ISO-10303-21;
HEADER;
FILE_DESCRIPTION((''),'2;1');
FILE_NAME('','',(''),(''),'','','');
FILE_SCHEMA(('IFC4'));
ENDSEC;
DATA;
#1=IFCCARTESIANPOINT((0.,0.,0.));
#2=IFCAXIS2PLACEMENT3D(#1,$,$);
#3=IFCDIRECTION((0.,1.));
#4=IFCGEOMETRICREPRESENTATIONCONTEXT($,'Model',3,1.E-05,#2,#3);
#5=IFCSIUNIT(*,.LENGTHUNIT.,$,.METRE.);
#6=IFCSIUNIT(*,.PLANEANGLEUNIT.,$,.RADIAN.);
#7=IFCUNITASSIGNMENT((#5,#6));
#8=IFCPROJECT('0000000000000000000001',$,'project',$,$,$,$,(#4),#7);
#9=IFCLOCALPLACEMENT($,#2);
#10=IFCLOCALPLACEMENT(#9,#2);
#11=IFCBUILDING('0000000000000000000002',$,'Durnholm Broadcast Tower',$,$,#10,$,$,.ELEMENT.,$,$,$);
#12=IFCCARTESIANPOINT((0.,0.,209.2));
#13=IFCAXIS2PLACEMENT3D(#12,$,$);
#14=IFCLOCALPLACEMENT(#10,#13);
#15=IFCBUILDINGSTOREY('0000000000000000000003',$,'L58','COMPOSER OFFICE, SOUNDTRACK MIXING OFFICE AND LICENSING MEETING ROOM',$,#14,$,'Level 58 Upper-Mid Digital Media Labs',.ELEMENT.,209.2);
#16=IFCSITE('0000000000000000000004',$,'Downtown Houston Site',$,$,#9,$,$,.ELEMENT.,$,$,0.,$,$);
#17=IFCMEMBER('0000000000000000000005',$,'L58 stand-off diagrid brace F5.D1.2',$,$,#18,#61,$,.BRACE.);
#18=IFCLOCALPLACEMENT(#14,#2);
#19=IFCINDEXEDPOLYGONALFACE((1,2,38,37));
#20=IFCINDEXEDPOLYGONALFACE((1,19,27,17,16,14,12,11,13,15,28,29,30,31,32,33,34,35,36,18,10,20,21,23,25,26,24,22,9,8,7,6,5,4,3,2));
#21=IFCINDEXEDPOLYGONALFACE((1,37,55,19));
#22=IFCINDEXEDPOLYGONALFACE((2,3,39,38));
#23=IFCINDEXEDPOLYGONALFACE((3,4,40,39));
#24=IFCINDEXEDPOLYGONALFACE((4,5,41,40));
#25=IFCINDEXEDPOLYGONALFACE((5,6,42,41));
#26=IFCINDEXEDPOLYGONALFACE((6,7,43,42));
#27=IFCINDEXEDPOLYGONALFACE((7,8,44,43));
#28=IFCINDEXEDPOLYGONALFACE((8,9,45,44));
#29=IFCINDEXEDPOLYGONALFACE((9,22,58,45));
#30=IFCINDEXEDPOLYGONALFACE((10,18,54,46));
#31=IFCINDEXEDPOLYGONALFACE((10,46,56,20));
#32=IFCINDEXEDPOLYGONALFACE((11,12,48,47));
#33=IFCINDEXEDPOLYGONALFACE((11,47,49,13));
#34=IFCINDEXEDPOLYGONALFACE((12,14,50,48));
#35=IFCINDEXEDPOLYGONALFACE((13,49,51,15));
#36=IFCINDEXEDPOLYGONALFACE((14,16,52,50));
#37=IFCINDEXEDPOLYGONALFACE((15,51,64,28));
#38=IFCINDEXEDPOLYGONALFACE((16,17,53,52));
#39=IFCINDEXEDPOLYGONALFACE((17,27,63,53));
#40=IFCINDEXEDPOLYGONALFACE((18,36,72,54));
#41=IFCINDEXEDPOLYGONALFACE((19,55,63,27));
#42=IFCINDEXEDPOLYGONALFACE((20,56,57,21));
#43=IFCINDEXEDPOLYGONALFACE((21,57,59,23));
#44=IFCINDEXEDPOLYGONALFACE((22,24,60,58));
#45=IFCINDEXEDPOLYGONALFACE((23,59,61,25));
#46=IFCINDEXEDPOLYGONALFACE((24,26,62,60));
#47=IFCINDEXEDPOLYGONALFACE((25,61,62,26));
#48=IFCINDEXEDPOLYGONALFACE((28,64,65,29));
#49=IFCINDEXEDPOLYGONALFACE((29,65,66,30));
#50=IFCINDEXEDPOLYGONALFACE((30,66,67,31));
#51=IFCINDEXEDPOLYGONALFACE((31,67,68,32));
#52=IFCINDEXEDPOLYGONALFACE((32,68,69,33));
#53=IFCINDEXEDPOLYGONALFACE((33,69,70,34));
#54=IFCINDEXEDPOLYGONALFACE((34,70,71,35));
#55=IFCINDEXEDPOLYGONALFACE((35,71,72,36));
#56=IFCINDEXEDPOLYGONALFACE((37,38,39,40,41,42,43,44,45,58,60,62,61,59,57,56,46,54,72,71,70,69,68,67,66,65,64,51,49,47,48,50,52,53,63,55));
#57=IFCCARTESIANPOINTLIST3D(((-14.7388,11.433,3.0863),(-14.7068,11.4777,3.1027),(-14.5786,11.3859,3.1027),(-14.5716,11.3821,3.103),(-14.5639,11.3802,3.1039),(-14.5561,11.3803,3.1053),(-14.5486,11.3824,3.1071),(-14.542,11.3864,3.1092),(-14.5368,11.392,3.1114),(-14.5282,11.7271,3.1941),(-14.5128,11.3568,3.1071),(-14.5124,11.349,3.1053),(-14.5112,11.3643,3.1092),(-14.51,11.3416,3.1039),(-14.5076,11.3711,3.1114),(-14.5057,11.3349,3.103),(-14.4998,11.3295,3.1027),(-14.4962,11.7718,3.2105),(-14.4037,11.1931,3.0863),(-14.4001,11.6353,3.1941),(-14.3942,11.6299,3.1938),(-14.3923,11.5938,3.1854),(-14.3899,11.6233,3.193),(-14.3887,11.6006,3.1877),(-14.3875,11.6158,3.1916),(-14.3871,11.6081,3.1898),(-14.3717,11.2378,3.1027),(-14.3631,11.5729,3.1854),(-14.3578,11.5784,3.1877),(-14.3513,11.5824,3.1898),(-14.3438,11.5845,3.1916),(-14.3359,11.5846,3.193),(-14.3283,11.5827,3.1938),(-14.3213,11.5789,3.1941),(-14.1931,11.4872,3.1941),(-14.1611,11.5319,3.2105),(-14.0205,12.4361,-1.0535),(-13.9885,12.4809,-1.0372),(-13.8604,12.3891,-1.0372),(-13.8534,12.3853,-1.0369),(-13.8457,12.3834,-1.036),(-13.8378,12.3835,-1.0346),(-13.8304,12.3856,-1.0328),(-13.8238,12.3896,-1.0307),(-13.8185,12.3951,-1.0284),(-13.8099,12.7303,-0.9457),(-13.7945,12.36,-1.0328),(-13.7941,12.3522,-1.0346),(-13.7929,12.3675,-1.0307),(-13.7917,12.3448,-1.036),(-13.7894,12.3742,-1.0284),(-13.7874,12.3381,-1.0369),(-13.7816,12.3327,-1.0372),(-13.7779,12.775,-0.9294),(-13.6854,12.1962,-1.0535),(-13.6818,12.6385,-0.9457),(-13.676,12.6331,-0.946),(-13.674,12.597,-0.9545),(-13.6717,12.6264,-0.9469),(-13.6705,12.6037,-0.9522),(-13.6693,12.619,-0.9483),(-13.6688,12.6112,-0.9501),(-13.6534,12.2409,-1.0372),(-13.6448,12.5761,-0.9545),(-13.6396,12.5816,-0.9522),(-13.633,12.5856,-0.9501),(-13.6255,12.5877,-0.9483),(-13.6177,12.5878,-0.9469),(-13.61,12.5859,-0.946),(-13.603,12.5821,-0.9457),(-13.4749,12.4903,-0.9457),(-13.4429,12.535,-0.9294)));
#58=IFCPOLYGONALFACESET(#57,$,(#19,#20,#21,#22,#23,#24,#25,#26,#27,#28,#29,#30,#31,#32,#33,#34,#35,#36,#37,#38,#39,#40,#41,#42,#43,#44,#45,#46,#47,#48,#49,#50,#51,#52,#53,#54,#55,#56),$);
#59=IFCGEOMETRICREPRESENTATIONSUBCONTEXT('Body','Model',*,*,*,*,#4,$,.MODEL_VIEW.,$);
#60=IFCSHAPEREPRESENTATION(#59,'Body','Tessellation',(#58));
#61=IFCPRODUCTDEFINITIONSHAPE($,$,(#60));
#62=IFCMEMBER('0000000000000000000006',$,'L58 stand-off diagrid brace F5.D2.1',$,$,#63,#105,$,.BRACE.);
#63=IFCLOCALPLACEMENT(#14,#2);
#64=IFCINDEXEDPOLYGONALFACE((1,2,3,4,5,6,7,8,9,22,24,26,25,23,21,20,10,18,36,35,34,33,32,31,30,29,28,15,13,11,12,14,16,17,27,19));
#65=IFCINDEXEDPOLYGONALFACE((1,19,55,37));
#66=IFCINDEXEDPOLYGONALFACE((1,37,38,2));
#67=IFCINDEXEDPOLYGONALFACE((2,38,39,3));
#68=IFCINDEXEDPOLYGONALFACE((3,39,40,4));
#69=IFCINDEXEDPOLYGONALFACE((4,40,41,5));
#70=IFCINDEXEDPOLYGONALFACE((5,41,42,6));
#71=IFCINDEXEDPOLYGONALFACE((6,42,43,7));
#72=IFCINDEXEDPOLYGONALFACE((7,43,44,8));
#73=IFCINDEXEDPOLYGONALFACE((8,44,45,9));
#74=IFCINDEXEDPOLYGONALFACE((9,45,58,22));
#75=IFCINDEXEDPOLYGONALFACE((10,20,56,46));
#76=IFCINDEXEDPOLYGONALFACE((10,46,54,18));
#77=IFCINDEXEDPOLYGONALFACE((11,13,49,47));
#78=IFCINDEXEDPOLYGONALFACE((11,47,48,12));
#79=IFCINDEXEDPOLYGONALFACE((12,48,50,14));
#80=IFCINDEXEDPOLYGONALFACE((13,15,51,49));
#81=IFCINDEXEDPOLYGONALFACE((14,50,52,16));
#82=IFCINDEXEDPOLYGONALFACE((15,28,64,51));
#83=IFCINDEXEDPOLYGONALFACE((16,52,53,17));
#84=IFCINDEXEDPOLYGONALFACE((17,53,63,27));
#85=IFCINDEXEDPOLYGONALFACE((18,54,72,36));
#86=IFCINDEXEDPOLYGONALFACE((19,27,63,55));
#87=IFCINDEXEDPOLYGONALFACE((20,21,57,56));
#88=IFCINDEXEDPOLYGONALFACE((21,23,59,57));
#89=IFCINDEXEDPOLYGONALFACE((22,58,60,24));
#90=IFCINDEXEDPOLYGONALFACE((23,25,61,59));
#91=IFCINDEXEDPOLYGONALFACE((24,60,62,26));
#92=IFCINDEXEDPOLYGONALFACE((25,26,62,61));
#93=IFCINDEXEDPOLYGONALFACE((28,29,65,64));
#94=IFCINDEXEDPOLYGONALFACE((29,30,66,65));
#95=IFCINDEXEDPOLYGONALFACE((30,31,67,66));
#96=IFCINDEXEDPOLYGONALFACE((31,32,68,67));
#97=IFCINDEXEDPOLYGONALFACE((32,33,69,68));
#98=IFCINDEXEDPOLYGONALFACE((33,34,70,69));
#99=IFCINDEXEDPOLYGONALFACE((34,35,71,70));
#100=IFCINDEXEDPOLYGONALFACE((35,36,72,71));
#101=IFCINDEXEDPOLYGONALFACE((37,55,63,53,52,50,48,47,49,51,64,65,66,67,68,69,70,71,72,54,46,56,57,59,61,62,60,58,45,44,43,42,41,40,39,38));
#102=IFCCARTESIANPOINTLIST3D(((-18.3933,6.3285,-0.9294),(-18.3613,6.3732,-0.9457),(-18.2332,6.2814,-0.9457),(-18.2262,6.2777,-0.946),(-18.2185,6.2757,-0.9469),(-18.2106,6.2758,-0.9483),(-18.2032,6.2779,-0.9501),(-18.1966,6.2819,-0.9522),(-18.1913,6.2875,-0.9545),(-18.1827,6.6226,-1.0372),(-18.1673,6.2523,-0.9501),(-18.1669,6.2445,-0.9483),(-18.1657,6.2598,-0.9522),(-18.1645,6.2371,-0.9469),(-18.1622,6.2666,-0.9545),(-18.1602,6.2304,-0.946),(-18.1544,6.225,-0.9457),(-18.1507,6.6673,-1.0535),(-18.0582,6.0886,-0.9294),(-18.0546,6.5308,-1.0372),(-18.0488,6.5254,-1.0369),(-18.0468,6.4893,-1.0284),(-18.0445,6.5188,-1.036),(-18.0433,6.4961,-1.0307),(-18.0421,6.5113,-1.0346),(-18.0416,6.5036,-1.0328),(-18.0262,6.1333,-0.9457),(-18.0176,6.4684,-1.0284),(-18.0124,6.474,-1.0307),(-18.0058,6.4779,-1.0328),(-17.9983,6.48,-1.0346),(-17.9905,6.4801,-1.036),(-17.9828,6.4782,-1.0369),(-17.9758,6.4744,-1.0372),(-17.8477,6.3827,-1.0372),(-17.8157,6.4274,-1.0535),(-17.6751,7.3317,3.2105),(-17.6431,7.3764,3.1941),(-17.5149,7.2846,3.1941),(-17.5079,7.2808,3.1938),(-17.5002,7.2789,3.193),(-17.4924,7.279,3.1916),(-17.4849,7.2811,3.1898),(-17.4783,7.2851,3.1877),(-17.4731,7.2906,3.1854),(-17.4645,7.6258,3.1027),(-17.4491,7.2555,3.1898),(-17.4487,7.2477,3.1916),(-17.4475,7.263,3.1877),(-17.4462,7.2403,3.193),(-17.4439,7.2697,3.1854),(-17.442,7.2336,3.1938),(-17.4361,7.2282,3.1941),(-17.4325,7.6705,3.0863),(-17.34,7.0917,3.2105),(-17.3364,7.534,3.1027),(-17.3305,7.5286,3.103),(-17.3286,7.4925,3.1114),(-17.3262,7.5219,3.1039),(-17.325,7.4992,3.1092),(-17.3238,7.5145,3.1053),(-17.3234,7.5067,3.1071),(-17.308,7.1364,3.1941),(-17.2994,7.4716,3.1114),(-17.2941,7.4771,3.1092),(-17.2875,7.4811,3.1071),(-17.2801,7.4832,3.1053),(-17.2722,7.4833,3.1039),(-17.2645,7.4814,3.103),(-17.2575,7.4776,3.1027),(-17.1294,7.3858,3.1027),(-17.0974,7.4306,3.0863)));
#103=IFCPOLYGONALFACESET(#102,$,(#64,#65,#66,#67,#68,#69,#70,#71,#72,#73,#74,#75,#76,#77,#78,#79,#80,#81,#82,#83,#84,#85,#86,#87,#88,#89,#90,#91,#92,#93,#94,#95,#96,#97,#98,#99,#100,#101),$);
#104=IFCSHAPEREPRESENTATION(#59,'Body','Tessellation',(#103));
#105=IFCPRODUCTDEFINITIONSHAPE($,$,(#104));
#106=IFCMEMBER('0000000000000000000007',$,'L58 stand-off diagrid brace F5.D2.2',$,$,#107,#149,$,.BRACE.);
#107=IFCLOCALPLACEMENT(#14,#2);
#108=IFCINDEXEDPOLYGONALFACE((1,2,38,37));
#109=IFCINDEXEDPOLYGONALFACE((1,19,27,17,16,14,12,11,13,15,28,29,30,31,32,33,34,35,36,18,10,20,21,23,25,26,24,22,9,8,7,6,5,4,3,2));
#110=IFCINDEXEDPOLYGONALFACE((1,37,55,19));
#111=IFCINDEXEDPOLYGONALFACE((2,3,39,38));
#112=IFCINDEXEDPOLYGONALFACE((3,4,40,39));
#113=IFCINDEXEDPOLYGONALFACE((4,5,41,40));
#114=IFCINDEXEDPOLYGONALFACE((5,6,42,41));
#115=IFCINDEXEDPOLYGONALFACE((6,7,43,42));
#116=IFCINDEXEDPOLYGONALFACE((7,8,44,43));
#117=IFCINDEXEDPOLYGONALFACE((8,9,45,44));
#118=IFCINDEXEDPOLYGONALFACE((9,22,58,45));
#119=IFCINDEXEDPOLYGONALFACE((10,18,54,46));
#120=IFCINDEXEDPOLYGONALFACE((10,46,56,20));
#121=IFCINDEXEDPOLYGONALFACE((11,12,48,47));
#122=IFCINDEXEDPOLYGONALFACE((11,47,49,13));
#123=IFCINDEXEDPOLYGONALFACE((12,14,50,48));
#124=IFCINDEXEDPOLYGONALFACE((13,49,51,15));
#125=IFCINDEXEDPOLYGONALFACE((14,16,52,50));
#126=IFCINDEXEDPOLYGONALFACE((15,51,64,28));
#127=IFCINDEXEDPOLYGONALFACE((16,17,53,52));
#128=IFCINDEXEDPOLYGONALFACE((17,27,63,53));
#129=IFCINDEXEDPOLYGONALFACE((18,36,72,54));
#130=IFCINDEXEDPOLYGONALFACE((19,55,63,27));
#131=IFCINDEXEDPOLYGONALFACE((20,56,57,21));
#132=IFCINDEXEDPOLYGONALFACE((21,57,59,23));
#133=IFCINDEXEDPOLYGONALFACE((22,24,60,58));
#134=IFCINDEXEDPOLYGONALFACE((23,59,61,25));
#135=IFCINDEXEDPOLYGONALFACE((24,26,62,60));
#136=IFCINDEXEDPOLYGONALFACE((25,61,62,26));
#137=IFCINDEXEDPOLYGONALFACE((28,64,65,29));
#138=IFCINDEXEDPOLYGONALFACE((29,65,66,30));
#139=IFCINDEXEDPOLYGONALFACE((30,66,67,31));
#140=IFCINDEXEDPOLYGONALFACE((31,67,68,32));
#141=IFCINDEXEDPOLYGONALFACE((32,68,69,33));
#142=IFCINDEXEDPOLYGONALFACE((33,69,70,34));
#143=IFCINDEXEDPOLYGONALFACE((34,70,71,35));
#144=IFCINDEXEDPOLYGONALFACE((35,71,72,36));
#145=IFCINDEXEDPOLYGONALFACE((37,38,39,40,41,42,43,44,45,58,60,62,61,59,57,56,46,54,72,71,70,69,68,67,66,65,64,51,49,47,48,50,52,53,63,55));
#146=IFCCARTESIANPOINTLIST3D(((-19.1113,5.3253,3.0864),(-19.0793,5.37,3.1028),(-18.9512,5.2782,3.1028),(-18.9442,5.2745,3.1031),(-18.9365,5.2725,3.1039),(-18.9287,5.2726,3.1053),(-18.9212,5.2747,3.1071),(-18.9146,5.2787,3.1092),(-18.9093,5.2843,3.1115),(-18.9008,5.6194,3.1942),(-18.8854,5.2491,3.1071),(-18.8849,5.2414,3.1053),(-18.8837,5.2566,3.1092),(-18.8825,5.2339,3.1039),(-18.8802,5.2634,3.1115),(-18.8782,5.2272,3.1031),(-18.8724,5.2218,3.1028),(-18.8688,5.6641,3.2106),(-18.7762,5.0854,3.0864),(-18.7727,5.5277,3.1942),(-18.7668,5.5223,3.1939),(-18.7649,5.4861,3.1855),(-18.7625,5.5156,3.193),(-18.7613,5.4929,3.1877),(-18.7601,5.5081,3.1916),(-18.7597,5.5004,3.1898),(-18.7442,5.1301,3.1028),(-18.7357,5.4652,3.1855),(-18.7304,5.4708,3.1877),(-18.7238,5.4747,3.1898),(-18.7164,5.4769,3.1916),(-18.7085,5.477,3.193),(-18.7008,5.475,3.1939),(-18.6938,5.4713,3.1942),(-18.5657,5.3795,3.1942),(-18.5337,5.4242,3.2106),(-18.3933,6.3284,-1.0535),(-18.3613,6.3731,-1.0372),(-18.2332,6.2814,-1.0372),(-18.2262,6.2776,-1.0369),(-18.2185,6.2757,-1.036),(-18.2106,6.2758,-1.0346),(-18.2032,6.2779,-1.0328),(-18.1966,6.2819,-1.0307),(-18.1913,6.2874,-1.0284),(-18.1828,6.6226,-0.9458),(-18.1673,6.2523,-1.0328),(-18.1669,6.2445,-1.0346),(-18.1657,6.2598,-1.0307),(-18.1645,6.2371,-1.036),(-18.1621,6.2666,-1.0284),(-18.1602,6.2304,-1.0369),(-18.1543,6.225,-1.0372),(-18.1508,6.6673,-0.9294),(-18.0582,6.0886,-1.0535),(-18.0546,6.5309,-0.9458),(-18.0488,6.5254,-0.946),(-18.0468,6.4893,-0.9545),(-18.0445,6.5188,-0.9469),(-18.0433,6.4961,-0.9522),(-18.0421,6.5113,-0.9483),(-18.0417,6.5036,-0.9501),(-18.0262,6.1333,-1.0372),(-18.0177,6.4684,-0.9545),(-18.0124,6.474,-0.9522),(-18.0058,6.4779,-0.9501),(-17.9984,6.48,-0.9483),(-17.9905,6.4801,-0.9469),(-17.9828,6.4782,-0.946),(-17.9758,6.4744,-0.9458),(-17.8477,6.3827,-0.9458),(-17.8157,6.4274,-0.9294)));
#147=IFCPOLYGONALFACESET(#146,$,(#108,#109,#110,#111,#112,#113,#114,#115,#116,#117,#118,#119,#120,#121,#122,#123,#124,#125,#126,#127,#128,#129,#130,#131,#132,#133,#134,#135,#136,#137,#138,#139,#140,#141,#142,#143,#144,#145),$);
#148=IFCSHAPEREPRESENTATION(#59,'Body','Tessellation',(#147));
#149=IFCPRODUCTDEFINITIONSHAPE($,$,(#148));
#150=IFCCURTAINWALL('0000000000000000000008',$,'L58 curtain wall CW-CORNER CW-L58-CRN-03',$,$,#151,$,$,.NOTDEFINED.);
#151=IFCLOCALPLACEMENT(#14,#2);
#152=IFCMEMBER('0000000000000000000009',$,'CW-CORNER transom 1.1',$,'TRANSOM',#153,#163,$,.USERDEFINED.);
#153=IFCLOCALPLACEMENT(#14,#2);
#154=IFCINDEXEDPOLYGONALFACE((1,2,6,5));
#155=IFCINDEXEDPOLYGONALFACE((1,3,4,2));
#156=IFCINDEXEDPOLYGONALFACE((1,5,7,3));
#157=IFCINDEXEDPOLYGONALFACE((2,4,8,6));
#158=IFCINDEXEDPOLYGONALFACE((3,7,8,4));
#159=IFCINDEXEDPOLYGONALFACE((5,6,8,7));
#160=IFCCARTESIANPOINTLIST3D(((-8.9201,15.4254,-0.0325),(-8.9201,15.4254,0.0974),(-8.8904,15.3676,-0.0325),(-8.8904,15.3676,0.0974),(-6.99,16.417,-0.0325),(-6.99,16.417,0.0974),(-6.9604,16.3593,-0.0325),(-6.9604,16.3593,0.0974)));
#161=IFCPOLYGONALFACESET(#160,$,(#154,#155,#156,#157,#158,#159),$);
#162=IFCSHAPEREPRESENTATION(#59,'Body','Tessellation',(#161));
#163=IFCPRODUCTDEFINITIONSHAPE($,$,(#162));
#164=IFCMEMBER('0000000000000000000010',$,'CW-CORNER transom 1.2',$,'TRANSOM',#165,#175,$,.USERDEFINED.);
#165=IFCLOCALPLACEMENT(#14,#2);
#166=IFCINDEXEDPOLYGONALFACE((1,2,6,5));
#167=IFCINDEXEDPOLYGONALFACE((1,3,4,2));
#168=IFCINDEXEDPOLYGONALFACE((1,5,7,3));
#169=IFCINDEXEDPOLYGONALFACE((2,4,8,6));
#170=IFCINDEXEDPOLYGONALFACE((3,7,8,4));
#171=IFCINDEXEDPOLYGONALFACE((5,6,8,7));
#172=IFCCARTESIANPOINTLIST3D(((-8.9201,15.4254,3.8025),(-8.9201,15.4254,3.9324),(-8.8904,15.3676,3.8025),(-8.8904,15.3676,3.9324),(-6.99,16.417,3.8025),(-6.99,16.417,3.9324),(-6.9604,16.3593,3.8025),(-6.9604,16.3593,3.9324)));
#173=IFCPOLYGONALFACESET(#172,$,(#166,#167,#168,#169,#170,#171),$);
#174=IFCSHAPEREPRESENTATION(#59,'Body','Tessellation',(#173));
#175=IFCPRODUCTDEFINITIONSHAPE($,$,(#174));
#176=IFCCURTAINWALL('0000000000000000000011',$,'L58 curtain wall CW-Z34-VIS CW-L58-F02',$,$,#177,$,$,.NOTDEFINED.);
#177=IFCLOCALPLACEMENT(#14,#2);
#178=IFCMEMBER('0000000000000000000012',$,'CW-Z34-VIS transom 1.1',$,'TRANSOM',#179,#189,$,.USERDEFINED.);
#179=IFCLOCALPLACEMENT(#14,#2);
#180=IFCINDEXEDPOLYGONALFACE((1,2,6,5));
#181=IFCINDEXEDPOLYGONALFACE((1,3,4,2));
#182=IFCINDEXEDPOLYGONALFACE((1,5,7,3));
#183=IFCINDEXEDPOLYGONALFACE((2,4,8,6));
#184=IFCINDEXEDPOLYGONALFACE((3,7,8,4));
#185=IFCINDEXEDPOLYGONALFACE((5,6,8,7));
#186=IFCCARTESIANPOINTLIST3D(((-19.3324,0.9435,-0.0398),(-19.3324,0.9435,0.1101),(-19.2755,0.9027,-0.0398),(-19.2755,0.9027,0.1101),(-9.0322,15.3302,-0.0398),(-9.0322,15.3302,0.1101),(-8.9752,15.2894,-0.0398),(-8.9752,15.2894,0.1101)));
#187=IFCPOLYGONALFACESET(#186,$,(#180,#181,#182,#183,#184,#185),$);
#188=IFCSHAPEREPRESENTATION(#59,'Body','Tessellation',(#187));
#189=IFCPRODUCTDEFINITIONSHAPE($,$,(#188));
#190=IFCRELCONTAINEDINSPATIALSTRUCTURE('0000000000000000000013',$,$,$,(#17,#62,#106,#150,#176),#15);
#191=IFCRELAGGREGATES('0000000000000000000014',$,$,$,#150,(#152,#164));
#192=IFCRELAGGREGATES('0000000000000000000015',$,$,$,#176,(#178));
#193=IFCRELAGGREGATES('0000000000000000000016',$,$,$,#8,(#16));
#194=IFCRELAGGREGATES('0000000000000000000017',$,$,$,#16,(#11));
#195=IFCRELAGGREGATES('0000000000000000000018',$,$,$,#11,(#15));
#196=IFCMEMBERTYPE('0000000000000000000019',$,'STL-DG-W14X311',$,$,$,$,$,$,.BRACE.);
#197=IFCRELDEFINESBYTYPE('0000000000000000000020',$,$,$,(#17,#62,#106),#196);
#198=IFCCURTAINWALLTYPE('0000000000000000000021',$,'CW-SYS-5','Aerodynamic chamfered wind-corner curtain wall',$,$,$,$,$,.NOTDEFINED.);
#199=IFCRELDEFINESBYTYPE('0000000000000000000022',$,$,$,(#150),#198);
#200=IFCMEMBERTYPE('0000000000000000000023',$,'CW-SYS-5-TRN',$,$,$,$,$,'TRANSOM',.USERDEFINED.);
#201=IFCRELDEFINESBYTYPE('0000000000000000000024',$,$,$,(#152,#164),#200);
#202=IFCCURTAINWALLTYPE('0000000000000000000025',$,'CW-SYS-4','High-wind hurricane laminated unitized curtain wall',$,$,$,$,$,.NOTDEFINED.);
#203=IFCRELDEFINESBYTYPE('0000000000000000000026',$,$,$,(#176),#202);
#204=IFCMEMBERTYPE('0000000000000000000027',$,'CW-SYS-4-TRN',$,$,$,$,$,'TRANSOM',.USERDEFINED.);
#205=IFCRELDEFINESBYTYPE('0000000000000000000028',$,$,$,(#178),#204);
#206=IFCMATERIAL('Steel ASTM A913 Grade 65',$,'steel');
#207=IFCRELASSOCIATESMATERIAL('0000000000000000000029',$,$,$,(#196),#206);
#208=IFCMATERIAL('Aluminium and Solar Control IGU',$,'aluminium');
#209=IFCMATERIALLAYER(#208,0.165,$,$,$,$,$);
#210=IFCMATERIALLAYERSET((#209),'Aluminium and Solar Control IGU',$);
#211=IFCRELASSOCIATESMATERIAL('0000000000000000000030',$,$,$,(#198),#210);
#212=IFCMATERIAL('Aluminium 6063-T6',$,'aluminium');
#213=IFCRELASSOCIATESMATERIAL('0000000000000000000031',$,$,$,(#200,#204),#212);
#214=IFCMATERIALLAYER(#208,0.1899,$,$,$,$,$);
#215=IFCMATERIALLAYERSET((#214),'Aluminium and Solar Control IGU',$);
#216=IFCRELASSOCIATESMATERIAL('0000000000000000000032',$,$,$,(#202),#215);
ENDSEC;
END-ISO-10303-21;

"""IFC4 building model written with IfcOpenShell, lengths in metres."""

from ifc_helpers import new_model, si_unit, direction, frame, origin, origin_2d, place, context, subcontext, project, spatial, rectangle, i_section, extrude, source, transform, mapped, material, layer, layer_set, material_profile, profile_set, type_object, type_shapes, element, aggregate, save


model = new_model("IFC4")

# Units and contexts
model_context = context("Model", 3, precision=1e-05, world=origin(), true_north=direction((0.0, 1.0)))
body_context = subcontext(model_context, "Body", "Model", "MODEL_VIEW")
ifc_project = project(units=[si_unit("LENGTHUNIT", "METRE"), si_unit("PLANEANGLEUNIT", "RADIAN")], contexts=[model_context])

# Site, building, storey
site_placement = place(None, origin())
site = spatial("IfcSite", under=ifc_project, at=site_placement, Name="Downtown Houston Site", CompositionType="ELEMENT", RefElevation=0.0)
building_placement = place(site_placement, origin())
building = spatial("IfcBuilding", under=site, at=building_placement, Name="Durnholm Broadcast Tower", CompositionType="ELEMENT")
storey_placement = place(building_placement, frame((0.0, 0.0, 209.2)))
storey = spatial("IfcBuildingStorey", under=building, at=storey_placement, Name="L58", Description="COMPOSER OFFICE, SOUNDTRACK MIXING OFFICE AND LICENSING MEETING ROOM", LongName="Level 58 Upper-Mid Digital Media Labs", CompositionType="ELEMENT", Elevation=209.2)

# Members
ifc_material_1 = material(Name="Steel ASTM A913 Grade 65", Category="steel")
ifc_material_profile_1 = material_profile(ifc_material_1, i_section(OverallWidth=0.4121, OverallDepth=0.4348, WebThickness=0.0359, FlangeThickness=0.0574, FilletRadius=0.0305, at=origin_2d()), Name="W14X311")
ifc_profile_set_1 = profile_set([ifc_material_profile_1], Name="Steel ASTM A913 Grade 65")
member_type_1 = type_object("IfcMemberType", Name="STL-DG-W14X311", PredefinedType="BRACE", material=ifc_profile_set_1)
shared_shape_1 = source(origin(), body_context, "Body", "SweptSolid", [
    extrude(i_section(OverallWidth=0.4121, OverallDepth=0.4348, WebThickness=0.0359, FlangeThickness=0.0574, FilletRadius=0.0305, at=origin_2d()), origin(), (0.0, 0.0, 1.0), 4.3198),
])
type_shapes(member_type_1, [shared_shape_1])
for number, where, z_axis, x_axis, name in (
    (1, (-13.7317, 12.4856, -0.9915), (-0.166271, -0.232225, 0.958345), (0.813078, -0.582155, 0.0), "L58 stand-off diagrid brace F5.D1.2"),
    (2, (-18.1045, 6.3779, -0.9915), (0.166271, 0.232225, 0.958345), (-0.813078, 0.582155, 0.0), "L58 stand-off diagrid brace F5.D2.1"),
    (3, (-18.1045, 6.3779, -0.9915), (-0.166216, -0.232227, 0.958354), (0.813171, -0.582024, 0.0), "L58 stand-off diagrid brace F5.D2.2"),
):
    element("IfcMember", number, at=place(storey_placement, frame(where, z_axis=z_axis, x_axis=x_axis)), inside=storey, type_object=member_type_1, Name=name, PredefinedType="BRACE", context=body_context, shape_type="MappedRepresentation", body=[
        mapped(shared_shape_1, transform((0.0, 0.0, 0.0), x_axis=(1.0, 0.0, 0.0), y_axis=(0.0, 1.0, 0.0), z_axis=(0.0, 0.0, 1.0), scale=1.0)),
    ])

# Curtain walls, members
ifc_material_2 = material(Name="Aluminium and Solar Control IGU", Category="aluminium")
ifc_layer_1 = layer(ifc_material_2, 0.165)
ifc_layer_set_1 = layer_set([ifc_layer_1], Name="Aluminium and Solar Control IGU")
curtain_wall_type_1 = type_object("IfcCurtainWallType", Name="CW-SYS-5", Description="Aerodynamic chamfered wind-corner curtain wall", PredefinedType="NOTDEFINED", material=ifc_layer_set_1)
curtain_wall_1_placement = place(storey_placement, origin())
curtain_wall_1 = element("IfcCurtainWall", 4, at=curtain_wall_1_placement, inside=storey, type_object=curtain_wall_type_1, Name="L58 curtain wall CW-CORNER CW-L58-CRN-03", PredefinedType="NOTDEFINED")
ifc_material_3 = material(Name="Aluminium 6063-T6", Category="aluminium")
ifc_material_profile_2 = material_profile(ifc_material_3, rectangle(XDim=0.0649, YDim=0.1299, at=origin_2d()), Name="CWT65X130")
ifc_profile_set_2 = profile_set([ifc_material_profile_2], Name="Aluminium 6063-T6")
member_type_2 = type_object("IfcMemberType", Name="CW-SYS-5-TRN", ElementType="TRANSOM", PredefinedType="USERDEFINED", material=ifc_profile_set_2)
shared_shape_2 = source(origin(), body_context, "Body", "SweptSolid", [
    extrude(rectangle(XDim=0.0649, YDim=0.1299, at=origin_2d()), origin(), (0.0, 0.0, 1.0), 2.1699),
])
type_shapes(member_type_2, [shared_shape_2])
member_1_placement = place(storey_placement, frame((-8.9053, 15.3965, 0.0325), z_axis=(0.889468, 0.456997, 0.0), x_axis=(-0.456997, 0.889468, 0.0)))
member_1 = element("IfcMember", 5, at=member_1_placement, type_object=member_type_2, Name="CW-CORNER transom 1.1", ObjectType="TRANSOM", PredefinedType="USERDEFINED", context=body_context, shape_type="MappedRepresentation", body=[
    mapped(shared_shape_2, transform((0.0, 0.0, 0.0), x_axis=(1.0, 0.0, 0.0), y_axis=(0.0, 1.0, 0.0), z_axis=(0.0, 0.0, 1.0), scale=1.0)),
])
member_2_placement = place(storey_placement, frame((-8.9053, 15.3965, 3.8674), z_axis=(0.889468, 0.456997, 0.0), x_axis=(-0.456997, 0.889468, 0.0)))
member_2 = element("IfcMember", 6, at=member_2_placement, type_object=member_type_2, Name="CW-CORNER transom 1.2", ObjectType="TRANSOM", PredefinedType="USERDEFINED", context=body_context, shape_type="MappedRepresentation", body=[
    mapped(shared_shape_2, transform((0.0, 0.0, 0.0), x_axis=(1.0, 0.0, 0.0), y_axis=(0.0, 1.0, 0.0), z_axis=(0.0, 0.0, 1.0), scale=1.0)),
])
ifc_layer_2 = layer(ifc_material_2, 0.1899)
ifc_layer_set_2 = layer_set([ifc_layer_2], Name="Aluminium and Solar Control IGU")
curtain_wall_type_2 = type_object("IfcCurtainWallType", Name="CW-SYS-4", Description="High-wind hurricane laminated unitized curtain wall", PredefinedType="NOTDEFINED", material=ifc_layer_set_2)
curtain_wall_2_placement = place(storey_placement, origin())
curtain_wall_2 = element("IfcCurtainWall", 7, at=curtain_wall_2_placement, inside=storey, type_object=curtain_wall_type_2, Name="L58 curtain wall CW-Z34-VIS CW-L58-F02", PredefinedType="NOTDEFINED")
ifc_material_profile_3 = material_profile(ifc_material_3, rectangle(XDim=0.0701, YDim=0.1499, at=origin_2d()), Name="CWT70X150")
ifc_profile_set_3 = profile_set([ifc_material_profile_3], Name="Aluminium 6063-T6")
member_type_3 = type_object("IfcMemberType", Name="CW-SYS-4-TRN", ElementType="TRANSOM", PredefinedType="USERDEFINED", material=ifc_profile_set_3)
shared_shape_3 = source(origin(), body_context, "Body", "SweptSolid", [
    extrude(rectangle(XDim=0.0701, YDim=0.1499, at=origin_2d()), origin(), (0.0, 0.0, 1.0), 17.6938),
])
type_shapes(member_type_3, [shared_shape_3])
member_3_placement = place(storey_placement, frame((-19.304, 0.9231, 0.0352), z_axis=(0.582138, 0.81309, 0.0), x_axis=(-0.81309, 0.582138, 0.0)))
member_3 = element("IfcMember", 8, at=member_3_placement, type_object=member_type_3, Name="CW-Z34-VIS transom 1.1", ObjectType="TRANSOM", PredefinedType="USERDEFINED", context=body_context, shape_type="MappedRepresentation", body=[
    mapped(shared_shape_3, transform((0.0, 0.0, 0.0), x_axis=(1.0, 0.0, 0.0), y_axis=(0.0, 1.0, 0.0), z_axis=(0.0, 0.0, 1.0), scale=1.0)),
])

aggregate(curtain_wall_1, [member_1, member_2])
aggregate(curtain_wall_2, [member_3])

save(model, "model.ifc")
